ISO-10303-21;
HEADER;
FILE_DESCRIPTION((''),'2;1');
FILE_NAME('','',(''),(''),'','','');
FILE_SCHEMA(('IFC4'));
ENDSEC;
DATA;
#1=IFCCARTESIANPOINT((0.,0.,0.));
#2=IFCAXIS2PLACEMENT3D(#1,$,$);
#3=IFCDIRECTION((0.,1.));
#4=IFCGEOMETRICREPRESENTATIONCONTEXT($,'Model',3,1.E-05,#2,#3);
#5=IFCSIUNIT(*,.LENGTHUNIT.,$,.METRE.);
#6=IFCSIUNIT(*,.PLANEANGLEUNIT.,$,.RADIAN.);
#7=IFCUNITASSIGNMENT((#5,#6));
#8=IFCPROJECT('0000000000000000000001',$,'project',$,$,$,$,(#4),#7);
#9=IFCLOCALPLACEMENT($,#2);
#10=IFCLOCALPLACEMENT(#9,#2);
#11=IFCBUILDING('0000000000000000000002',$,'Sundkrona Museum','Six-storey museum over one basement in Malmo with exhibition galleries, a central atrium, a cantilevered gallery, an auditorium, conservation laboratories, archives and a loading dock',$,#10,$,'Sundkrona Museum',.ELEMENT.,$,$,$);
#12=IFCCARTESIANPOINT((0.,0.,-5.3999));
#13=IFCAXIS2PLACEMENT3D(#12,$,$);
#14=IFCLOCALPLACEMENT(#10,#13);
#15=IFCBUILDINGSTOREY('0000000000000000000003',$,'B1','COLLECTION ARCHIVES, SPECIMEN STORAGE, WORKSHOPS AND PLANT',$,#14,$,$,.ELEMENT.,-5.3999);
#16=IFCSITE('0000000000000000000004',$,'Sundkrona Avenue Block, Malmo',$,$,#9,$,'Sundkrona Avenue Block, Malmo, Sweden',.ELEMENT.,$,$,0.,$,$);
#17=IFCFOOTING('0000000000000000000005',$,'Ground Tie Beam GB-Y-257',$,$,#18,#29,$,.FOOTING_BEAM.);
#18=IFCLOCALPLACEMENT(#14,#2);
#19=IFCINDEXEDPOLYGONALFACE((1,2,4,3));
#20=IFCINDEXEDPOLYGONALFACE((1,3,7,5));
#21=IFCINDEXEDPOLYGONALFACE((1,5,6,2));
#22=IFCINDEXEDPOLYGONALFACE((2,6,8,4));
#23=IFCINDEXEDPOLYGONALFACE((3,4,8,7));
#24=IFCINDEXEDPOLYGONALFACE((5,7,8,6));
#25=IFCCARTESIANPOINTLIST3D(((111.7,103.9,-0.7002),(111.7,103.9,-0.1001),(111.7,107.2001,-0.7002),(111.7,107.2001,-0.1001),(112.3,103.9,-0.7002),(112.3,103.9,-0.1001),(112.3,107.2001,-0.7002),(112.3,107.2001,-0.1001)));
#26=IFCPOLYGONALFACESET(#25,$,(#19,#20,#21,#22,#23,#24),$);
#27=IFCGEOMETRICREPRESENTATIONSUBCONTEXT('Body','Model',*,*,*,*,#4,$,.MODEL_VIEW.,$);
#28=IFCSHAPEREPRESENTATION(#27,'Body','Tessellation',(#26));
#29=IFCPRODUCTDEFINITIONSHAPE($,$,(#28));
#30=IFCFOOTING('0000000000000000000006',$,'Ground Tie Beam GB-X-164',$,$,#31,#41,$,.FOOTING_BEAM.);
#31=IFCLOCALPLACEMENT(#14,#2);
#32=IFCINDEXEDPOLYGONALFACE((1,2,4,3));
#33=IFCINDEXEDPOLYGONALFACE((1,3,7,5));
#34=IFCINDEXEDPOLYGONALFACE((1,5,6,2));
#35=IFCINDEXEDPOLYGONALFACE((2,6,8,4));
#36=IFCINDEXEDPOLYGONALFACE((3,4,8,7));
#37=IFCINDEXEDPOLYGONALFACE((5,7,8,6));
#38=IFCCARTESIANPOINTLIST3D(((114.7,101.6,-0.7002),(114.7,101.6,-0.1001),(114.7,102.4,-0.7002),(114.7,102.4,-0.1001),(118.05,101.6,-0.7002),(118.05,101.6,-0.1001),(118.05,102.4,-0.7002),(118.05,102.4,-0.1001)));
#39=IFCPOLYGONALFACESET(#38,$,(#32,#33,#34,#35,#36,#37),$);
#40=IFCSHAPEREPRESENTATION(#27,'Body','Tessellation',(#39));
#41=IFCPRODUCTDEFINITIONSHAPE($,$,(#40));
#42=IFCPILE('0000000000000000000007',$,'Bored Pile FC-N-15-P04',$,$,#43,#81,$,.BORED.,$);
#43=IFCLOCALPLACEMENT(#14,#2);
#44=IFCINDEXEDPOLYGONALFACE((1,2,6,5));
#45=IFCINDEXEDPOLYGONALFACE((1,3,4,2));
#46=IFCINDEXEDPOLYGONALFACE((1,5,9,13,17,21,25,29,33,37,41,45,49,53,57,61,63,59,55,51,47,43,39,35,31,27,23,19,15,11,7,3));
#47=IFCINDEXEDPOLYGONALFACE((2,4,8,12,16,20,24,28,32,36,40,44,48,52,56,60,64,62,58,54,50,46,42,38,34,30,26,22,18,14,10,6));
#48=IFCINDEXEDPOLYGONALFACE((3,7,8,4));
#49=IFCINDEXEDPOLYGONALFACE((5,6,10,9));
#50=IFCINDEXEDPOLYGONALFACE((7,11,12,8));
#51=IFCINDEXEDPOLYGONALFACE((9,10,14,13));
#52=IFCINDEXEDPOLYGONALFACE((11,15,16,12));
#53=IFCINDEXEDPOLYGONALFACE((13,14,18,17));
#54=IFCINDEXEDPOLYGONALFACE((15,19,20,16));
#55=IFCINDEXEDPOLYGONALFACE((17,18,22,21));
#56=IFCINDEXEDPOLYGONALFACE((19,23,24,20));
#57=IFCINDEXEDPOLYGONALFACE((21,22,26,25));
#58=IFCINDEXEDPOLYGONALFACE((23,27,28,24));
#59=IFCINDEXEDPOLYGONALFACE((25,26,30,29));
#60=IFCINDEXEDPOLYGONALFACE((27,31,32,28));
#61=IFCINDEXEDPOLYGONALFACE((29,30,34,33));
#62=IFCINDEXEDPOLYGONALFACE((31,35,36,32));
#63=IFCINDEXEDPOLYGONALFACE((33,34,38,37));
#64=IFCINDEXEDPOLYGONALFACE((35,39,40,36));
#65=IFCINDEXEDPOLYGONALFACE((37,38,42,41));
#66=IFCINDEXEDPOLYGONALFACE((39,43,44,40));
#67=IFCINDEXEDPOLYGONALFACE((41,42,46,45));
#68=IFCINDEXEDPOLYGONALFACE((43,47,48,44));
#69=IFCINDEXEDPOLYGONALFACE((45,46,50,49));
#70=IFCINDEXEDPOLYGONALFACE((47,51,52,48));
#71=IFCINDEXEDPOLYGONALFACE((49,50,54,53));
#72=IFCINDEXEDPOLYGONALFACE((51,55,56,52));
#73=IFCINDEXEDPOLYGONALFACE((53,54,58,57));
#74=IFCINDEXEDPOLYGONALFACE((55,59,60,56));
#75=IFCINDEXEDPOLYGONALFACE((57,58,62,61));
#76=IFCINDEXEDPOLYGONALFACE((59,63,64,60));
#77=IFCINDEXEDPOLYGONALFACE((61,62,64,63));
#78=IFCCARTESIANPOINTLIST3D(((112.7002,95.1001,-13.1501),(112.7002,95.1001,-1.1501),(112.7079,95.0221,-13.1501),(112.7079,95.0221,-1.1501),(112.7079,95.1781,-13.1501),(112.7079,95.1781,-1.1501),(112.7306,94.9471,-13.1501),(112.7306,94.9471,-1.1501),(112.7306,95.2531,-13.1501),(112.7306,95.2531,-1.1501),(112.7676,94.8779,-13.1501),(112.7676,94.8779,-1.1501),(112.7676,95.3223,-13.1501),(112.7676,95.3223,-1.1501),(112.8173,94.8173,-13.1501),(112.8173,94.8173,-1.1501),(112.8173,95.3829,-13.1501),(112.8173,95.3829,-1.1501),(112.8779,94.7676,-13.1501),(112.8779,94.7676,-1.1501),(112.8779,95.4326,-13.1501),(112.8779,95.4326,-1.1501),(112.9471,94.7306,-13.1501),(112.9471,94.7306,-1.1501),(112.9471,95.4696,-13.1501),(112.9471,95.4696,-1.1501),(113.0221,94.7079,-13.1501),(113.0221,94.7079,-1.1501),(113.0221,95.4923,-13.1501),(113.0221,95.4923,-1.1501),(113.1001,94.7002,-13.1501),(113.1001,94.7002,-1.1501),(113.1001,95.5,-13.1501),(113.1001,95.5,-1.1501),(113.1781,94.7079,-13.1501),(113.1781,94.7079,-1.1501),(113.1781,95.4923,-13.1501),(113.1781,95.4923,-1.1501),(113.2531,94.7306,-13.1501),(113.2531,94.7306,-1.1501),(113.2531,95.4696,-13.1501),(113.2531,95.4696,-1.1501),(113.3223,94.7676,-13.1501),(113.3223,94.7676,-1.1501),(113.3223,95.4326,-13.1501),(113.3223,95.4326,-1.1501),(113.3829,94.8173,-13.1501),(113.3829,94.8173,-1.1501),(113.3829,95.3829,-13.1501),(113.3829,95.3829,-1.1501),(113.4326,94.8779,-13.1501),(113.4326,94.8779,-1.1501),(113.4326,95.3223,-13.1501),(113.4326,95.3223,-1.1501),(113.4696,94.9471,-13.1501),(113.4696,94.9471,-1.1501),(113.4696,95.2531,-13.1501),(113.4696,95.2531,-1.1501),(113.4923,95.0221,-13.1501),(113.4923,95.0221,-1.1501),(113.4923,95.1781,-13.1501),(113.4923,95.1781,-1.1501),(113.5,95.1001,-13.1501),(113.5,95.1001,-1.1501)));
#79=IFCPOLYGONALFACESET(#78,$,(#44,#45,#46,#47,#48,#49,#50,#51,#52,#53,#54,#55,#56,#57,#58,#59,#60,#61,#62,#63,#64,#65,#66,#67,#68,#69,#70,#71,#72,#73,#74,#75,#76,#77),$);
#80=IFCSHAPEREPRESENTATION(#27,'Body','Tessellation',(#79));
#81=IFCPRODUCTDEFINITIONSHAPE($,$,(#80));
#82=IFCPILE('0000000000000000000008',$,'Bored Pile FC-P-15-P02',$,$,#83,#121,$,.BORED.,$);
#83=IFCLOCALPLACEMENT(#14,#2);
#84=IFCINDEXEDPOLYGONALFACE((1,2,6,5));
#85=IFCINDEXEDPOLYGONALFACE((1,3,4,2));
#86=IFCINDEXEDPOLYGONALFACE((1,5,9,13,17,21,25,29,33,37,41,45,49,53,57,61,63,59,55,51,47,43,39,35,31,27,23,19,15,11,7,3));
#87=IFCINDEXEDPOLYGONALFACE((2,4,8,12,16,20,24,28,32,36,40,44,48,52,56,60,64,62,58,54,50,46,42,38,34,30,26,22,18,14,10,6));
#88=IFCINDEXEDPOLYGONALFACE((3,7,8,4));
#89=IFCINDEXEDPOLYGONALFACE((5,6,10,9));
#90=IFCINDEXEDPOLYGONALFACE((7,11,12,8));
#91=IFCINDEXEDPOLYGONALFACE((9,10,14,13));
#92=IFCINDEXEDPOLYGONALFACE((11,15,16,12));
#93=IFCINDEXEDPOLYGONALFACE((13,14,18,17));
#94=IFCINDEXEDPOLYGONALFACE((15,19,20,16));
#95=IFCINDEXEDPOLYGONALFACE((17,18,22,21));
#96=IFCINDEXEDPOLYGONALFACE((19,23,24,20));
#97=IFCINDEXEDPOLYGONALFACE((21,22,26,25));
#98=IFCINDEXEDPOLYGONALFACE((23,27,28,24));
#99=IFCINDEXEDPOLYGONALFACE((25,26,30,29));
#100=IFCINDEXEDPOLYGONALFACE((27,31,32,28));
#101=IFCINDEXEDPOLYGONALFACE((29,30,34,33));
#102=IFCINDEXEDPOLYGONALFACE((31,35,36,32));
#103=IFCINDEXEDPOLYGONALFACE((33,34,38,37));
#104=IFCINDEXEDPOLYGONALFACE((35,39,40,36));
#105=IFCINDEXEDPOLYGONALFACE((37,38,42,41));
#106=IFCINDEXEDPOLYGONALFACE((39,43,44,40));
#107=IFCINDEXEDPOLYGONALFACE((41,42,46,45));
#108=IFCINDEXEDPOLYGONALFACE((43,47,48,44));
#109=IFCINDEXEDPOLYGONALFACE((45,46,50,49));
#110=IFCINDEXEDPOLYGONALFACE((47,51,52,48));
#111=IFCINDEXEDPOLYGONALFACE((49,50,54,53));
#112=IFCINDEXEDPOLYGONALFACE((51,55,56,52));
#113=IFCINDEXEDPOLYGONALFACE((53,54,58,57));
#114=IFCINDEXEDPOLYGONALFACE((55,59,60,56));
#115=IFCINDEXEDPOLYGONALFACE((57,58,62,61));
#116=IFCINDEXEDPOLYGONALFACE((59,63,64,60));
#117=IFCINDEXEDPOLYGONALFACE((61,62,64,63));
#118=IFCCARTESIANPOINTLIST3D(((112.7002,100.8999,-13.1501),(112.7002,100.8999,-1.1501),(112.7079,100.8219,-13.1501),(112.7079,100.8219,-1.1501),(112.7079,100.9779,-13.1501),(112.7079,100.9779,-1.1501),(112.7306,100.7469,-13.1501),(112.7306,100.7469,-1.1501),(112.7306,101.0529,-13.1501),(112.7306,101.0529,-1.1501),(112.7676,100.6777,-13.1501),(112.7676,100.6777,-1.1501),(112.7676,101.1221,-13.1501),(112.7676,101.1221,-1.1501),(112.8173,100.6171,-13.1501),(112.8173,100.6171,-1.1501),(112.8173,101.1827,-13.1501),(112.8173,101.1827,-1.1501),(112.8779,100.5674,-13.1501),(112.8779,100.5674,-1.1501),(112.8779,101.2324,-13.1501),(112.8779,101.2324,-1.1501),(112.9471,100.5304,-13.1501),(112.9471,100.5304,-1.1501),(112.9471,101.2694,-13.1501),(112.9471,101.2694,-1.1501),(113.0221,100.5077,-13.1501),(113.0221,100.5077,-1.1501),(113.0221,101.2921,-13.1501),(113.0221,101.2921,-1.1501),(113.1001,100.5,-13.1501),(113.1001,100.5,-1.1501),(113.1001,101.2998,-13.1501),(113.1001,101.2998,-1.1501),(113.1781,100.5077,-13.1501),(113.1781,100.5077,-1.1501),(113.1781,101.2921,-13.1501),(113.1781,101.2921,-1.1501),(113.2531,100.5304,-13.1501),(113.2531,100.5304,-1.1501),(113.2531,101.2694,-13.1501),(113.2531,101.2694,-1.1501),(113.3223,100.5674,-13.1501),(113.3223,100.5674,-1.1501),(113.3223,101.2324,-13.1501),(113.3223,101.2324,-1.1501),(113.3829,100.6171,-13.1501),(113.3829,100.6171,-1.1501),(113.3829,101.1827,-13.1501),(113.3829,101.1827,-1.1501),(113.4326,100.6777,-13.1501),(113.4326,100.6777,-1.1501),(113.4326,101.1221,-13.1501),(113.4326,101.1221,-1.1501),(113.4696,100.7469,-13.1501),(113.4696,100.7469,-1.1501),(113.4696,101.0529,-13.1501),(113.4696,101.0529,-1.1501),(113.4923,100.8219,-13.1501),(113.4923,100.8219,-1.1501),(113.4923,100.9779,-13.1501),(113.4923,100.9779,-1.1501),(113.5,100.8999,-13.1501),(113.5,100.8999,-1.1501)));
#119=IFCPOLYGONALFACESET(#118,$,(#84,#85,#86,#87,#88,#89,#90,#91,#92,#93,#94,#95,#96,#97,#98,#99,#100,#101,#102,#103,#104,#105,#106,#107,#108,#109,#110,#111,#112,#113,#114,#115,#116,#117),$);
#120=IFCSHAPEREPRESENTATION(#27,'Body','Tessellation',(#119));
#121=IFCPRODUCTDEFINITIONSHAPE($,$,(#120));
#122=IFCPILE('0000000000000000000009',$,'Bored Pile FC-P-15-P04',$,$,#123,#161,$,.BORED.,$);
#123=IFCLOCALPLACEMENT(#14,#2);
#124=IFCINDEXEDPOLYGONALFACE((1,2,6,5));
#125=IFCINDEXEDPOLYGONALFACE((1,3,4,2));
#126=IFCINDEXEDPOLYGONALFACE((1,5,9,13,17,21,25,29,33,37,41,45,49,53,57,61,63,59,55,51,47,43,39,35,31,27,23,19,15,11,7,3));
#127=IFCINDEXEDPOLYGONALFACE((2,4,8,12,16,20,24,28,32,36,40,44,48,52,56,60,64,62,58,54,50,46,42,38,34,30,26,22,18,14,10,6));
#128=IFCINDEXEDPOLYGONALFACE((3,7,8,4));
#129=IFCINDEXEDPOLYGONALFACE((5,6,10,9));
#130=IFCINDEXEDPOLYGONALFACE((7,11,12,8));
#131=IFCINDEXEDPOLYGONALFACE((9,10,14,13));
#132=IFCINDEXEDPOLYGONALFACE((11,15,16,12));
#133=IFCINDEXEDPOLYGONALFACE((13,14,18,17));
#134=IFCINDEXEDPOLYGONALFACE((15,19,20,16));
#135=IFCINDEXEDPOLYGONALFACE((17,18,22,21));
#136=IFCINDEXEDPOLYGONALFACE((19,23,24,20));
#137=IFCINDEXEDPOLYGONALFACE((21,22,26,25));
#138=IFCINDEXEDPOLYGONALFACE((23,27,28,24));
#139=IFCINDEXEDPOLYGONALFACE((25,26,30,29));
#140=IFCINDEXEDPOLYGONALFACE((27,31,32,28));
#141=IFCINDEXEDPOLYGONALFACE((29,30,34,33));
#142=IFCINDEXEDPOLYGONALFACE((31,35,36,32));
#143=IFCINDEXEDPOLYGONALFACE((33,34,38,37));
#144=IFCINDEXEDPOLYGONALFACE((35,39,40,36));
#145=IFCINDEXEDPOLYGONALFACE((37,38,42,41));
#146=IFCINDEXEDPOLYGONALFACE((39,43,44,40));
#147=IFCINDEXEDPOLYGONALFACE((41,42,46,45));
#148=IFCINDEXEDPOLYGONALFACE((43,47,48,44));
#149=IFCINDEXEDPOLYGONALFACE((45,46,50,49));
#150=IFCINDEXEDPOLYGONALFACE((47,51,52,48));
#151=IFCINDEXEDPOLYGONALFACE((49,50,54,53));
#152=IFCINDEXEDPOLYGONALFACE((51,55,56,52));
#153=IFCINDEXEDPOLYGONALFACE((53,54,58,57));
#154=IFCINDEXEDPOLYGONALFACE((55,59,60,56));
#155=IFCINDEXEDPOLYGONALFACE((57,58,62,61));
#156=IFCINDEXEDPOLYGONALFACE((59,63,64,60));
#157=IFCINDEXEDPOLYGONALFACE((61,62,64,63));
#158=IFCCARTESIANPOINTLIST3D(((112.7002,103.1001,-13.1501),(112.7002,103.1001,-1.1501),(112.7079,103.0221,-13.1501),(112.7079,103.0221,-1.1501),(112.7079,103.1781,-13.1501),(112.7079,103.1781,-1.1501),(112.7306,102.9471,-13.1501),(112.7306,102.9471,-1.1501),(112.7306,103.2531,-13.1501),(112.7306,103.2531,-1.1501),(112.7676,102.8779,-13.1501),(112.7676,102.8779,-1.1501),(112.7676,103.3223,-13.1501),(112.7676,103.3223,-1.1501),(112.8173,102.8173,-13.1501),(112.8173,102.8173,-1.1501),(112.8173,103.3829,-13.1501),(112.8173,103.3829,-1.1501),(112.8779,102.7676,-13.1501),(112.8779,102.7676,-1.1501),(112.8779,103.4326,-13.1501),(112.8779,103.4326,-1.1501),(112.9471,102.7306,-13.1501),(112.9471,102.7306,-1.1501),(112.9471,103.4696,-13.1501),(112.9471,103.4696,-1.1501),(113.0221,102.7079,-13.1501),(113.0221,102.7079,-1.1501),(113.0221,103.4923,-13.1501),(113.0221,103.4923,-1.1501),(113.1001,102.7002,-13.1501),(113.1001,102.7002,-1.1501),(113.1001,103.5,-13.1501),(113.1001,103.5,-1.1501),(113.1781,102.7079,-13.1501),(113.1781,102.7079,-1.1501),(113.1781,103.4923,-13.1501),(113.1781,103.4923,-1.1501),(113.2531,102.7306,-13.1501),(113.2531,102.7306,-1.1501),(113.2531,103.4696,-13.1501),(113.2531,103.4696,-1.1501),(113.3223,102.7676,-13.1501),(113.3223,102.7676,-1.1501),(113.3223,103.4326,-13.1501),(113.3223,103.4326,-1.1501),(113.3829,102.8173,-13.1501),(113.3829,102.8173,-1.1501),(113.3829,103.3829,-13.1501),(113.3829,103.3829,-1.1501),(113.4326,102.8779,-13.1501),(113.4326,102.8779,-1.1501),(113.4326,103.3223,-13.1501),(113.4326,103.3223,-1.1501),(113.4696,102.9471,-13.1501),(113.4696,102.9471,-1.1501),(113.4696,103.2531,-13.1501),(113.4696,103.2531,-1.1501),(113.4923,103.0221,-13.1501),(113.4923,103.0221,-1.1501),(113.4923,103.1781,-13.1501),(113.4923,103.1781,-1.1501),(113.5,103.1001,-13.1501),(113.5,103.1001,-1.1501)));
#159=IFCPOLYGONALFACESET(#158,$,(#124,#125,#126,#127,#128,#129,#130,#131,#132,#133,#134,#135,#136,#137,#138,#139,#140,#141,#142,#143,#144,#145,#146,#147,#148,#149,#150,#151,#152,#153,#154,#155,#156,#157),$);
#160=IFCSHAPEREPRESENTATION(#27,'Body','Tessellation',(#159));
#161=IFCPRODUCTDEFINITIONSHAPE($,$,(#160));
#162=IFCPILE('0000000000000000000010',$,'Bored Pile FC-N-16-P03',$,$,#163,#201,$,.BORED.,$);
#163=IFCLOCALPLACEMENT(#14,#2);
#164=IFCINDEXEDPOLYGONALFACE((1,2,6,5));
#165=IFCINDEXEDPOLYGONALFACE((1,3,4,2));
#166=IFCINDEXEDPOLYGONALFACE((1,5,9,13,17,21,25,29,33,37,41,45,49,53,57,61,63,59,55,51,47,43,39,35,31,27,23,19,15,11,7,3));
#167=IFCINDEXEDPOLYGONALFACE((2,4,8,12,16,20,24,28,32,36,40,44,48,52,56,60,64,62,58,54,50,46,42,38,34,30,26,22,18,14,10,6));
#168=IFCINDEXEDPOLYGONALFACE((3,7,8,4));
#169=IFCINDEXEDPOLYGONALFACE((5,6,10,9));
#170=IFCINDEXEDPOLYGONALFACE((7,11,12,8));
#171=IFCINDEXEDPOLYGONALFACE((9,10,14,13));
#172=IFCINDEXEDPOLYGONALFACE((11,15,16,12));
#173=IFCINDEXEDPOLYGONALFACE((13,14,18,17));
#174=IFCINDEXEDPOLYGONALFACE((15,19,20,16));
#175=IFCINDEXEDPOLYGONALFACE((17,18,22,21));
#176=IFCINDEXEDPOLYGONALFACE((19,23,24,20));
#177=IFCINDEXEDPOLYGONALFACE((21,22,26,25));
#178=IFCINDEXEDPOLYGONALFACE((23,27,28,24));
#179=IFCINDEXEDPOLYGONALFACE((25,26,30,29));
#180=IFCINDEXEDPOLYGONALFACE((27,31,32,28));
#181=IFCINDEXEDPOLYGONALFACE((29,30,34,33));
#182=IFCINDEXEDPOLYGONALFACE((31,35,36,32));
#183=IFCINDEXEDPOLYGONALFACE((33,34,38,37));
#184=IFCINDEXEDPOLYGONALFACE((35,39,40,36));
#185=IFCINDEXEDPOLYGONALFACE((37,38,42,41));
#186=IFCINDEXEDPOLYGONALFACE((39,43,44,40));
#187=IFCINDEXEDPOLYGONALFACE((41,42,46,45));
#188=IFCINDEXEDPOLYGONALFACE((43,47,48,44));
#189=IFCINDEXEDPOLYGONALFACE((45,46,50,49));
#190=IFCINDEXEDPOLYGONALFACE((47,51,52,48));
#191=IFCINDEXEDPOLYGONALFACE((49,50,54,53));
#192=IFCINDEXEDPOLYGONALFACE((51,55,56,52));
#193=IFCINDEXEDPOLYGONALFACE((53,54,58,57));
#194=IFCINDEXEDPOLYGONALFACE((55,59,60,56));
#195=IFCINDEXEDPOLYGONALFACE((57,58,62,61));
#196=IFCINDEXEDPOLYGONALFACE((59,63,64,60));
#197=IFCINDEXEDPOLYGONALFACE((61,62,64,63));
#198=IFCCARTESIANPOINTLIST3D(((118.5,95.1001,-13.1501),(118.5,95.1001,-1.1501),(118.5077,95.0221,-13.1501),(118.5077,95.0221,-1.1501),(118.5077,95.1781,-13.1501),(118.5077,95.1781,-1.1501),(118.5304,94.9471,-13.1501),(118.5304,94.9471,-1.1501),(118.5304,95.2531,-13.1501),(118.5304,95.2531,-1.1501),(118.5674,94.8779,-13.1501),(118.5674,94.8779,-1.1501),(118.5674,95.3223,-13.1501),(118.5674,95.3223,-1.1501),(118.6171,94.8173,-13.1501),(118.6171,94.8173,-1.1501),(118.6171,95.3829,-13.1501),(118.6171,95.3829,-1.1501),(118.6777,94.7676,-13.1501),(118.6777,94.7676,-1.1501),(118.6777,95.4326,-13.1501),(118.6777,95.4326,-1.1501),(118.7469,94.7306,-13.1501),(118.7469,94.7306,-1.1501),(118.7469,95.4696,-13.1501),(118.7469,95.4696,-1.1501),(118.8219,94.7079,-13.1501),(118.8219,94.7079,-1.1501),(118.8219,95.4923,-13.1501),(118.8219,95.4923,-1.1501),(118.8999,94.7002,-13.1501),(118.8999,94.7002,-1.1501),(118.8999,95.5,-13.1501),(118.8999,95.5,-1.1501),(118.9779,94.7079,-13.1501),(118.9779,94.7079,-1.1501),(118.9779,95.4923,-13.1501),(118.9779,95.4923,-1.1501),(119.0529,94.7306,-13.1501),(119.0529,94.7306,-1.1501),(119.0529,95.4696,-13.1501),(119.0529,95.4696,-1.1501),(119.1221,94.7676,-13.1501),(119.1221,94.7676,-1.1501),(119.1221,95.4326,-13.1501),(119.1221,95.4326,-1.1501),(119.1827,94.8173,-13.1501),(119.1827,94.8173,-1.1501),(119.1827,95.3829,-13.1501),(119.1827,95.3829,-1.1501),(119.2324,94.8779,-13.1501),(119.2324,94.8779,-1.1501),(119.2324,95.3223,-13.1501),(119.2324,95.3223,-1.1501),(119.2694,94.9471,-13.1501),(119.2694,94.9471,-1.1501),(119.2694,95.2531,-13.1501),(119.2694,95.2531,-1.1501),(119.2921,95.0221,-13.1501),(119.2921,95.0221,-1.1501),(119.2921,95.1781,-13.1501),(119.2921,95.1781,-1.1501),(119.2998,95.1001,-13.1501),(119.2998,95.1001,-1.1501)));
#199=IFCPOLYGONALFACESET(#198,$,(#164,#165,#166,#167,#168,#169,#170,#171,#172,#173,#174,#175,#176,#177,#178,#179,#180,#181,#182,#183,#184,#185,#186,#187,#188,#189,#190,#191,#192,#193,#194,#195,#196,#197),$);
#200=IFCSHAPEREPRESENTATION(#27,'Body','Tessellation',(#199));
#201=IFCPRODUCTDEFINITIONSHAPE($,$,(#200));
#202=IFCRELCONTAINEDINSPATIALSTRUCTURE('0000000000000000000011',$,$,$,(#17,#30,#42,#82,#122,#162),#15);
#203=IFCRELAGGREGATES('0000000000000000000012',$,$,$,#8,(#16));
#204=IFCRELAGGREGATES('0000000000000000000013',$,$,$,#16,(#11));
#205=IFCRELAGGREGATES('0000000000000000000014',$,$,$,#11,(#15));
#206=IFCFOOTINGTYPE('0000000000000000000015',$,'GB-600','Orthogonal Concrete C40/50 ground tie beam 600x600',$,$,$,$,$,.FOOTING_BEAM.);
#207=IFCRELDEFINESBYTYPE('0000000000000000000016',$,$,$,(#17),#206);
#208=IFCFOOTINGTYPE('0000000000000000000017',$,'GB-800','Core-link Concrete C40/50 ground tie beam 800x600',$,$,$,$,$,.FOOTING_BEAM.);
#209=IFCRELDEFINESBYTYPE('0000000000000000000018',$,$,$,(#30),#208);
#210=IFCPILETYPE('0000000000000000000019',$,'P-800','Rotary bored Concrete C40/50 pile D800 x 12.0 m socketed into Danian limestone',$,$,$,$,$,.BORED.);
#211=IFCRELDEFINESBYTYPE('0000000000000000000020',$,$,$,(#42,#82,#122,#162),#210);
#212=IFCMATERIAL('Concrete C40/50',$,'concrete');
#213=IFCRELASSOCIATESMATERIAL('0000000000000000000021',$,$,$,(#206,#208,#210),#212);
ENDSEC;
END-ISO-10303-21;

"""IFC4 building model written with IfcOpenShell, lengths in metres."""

from ifc_helpers import new_model, si_unit, direction, frame, origin, origin_2d, place, context, subcontext, project, spatial, rectangle, circle, extrude, material, material_profile, profile_set, type_object, element, save


model = new_model("IFC4")

# Units and contexts
model_context = context("Model", 3, precision=1e-05, world=origin(), true_north=direction((0.0, 1.0)))
body_context = subcontext(model_context, "Body", "Model", "MODEL_VIEW")
ifc_project = project(units=[si_unit("LENGTHUNIT", "METRE"), si_unit("PLANEANGLEUNIT", "RADIAN")], contexts=[model_context])

# Site, building, storey
site_placement = place(None, origin())
site = spatial("IfcSite", under=ifc_project, at=site_placement, Name="Sundkrona Avenue Block, Malmo", LongName="Sundkrona Avenue Block, Malmo, Sweden", CompositionType="ELEMENT", RefElevation=0.0)
building_placement = place(site_placement, origin())
building = spatial("IfcBuilding", under=site, at=building_placement, Name="Sundkrona Museum", Description="Six-storey museum over one basement in Malmo with exhibition galleries, a central atrium, a cantilevered gallery, an auditorium, conservation laboratories, archives and a loading dock", LongName="Sundkrona Museum", CompositionType="ELEMENT")
storey_placement = place(building_placement, frame((0.0, 0.0, -5.3999)))
storey = spatial("IfcBuildingStorey", under=building, at=storey_placement, Name="B1", Description="COLLECTION ARCHIVES, SPECIMEN STORAGE, WORKSHOPS AND PLANT", CompositionType="ELEMENT", Elevation=-5.3999)

# Footings
ifc_material_1 = material(Name="Concrete C40/50", Category="concrete")
footing_type_1 = type_object("IfcFootingType", Name="GB-600", Description="Orthogonal Concrete C40/50 ground tie beam 600x600", PredefinedType="FOOTING_BEAM", material=ifc_material_1)
footing_1_placement = place(storey_placement, frame((112.0, 105.55, -0.7002), z_axis=(0.0, 0.0, 1.0), x_axis=(0.0, 1.0, 0.0)))
element("IfcFooting", 1, at=footing_1_placement, inside=storey, type_object=footing_type_1, Name="Ground Tie Beam GB-Y-257", PredefinedType="FOOTING_BEAM", context=body_context, shape_type="SweptSolid", body=[
    extrude(rectangle(XDim=3.3, YDim=0.6001, at=origin_2d()), origin(), (0.0, 0.0, 1.0), 0.6001),
])
footing_type_2 = type_object("IfcFootingType", Name="GB-800", Description="Core-link Concrete C40/50 ground tie beam 800x600", PredefinedType="FOOTING_BEAM", material=ifc_material_1)
footing_2_placement = place(storey_placement, frame((116.375, 102.0, -0.7002), z_axis=(0.0, 0.0, 1.0), x_axis=(1.0, 0.0, 0.0)))
element("IfcFooting", 2, at=footing_2_placement, inside=storey, type_object=footing_type_2, Name="Ground Tie Beam GB-X-164", PredefinedType="FOOTING_BEAM", context=body_context, shape_type="SweptSolid", body=[
    extrude(rectangle(XDim=3.3501, YDim=0.8, at=origin_2d()), origin(), (0.0, 0.0, 1.0), 0.6001),
])

# Piles
ifc_material_profile_1 = material_profile(ifc_material_1, circle(Radius=0.3999, at=origin_2d()), Name="PILE D800")
ifc_profile_set_1 = profile_set([ifc_material_profile_1], Name="Concrete C40/50")
pile_type = type_object("IfcPileType", Name="P-800", Description="Rotary bored Concrete C40/50 pile D800 x 12.0 m socketed into Danian limestone", PredefinedType="BORED", material=ifc_profile_set_1)
for number, where, z_axis, x_axis, name in (
    (3, (113.1001, 95.1001, -1.1501), (0.0, 0.0, -1.0), (1.0, 0.0, 0.0), "Bored Pile FC-N-15-P04"),
    (4, (113.1001, 100.8999, -1.1501), (0.0, 0.0, -1.0), (1.0, 0.0, 0.0), "Bored Pile FC-P-15-P02"),
    (5, (113.1001, 103.1001, -1.1501), (0.0, 0.0, -1.0), (1.0, 0.0, 0.0), "Bored Pile FC-P-15-P04"),
    (6, (118.8999, 95.1001, -1.1501), (0.0, 0.0, -1.0), (1.0, 0.0, 0.0), "Bored Pile FC-N-16-P03"),
):
    element("IfcPile", number, at=place(storey_placement, frame(where, z_axis=z_axis, x_axis=x_axis)), inside=storey, type_object=pile_type, Name=name, PredefinedType="BORED", context=body_context, shape_type="SweptSolid", body=[
        extrude(circle(Radius=0.3999, at=origin_2d()), origin(), (0.0, 0.0, 1.0), 12.0),
    ])

save(model, "model.ifc")
